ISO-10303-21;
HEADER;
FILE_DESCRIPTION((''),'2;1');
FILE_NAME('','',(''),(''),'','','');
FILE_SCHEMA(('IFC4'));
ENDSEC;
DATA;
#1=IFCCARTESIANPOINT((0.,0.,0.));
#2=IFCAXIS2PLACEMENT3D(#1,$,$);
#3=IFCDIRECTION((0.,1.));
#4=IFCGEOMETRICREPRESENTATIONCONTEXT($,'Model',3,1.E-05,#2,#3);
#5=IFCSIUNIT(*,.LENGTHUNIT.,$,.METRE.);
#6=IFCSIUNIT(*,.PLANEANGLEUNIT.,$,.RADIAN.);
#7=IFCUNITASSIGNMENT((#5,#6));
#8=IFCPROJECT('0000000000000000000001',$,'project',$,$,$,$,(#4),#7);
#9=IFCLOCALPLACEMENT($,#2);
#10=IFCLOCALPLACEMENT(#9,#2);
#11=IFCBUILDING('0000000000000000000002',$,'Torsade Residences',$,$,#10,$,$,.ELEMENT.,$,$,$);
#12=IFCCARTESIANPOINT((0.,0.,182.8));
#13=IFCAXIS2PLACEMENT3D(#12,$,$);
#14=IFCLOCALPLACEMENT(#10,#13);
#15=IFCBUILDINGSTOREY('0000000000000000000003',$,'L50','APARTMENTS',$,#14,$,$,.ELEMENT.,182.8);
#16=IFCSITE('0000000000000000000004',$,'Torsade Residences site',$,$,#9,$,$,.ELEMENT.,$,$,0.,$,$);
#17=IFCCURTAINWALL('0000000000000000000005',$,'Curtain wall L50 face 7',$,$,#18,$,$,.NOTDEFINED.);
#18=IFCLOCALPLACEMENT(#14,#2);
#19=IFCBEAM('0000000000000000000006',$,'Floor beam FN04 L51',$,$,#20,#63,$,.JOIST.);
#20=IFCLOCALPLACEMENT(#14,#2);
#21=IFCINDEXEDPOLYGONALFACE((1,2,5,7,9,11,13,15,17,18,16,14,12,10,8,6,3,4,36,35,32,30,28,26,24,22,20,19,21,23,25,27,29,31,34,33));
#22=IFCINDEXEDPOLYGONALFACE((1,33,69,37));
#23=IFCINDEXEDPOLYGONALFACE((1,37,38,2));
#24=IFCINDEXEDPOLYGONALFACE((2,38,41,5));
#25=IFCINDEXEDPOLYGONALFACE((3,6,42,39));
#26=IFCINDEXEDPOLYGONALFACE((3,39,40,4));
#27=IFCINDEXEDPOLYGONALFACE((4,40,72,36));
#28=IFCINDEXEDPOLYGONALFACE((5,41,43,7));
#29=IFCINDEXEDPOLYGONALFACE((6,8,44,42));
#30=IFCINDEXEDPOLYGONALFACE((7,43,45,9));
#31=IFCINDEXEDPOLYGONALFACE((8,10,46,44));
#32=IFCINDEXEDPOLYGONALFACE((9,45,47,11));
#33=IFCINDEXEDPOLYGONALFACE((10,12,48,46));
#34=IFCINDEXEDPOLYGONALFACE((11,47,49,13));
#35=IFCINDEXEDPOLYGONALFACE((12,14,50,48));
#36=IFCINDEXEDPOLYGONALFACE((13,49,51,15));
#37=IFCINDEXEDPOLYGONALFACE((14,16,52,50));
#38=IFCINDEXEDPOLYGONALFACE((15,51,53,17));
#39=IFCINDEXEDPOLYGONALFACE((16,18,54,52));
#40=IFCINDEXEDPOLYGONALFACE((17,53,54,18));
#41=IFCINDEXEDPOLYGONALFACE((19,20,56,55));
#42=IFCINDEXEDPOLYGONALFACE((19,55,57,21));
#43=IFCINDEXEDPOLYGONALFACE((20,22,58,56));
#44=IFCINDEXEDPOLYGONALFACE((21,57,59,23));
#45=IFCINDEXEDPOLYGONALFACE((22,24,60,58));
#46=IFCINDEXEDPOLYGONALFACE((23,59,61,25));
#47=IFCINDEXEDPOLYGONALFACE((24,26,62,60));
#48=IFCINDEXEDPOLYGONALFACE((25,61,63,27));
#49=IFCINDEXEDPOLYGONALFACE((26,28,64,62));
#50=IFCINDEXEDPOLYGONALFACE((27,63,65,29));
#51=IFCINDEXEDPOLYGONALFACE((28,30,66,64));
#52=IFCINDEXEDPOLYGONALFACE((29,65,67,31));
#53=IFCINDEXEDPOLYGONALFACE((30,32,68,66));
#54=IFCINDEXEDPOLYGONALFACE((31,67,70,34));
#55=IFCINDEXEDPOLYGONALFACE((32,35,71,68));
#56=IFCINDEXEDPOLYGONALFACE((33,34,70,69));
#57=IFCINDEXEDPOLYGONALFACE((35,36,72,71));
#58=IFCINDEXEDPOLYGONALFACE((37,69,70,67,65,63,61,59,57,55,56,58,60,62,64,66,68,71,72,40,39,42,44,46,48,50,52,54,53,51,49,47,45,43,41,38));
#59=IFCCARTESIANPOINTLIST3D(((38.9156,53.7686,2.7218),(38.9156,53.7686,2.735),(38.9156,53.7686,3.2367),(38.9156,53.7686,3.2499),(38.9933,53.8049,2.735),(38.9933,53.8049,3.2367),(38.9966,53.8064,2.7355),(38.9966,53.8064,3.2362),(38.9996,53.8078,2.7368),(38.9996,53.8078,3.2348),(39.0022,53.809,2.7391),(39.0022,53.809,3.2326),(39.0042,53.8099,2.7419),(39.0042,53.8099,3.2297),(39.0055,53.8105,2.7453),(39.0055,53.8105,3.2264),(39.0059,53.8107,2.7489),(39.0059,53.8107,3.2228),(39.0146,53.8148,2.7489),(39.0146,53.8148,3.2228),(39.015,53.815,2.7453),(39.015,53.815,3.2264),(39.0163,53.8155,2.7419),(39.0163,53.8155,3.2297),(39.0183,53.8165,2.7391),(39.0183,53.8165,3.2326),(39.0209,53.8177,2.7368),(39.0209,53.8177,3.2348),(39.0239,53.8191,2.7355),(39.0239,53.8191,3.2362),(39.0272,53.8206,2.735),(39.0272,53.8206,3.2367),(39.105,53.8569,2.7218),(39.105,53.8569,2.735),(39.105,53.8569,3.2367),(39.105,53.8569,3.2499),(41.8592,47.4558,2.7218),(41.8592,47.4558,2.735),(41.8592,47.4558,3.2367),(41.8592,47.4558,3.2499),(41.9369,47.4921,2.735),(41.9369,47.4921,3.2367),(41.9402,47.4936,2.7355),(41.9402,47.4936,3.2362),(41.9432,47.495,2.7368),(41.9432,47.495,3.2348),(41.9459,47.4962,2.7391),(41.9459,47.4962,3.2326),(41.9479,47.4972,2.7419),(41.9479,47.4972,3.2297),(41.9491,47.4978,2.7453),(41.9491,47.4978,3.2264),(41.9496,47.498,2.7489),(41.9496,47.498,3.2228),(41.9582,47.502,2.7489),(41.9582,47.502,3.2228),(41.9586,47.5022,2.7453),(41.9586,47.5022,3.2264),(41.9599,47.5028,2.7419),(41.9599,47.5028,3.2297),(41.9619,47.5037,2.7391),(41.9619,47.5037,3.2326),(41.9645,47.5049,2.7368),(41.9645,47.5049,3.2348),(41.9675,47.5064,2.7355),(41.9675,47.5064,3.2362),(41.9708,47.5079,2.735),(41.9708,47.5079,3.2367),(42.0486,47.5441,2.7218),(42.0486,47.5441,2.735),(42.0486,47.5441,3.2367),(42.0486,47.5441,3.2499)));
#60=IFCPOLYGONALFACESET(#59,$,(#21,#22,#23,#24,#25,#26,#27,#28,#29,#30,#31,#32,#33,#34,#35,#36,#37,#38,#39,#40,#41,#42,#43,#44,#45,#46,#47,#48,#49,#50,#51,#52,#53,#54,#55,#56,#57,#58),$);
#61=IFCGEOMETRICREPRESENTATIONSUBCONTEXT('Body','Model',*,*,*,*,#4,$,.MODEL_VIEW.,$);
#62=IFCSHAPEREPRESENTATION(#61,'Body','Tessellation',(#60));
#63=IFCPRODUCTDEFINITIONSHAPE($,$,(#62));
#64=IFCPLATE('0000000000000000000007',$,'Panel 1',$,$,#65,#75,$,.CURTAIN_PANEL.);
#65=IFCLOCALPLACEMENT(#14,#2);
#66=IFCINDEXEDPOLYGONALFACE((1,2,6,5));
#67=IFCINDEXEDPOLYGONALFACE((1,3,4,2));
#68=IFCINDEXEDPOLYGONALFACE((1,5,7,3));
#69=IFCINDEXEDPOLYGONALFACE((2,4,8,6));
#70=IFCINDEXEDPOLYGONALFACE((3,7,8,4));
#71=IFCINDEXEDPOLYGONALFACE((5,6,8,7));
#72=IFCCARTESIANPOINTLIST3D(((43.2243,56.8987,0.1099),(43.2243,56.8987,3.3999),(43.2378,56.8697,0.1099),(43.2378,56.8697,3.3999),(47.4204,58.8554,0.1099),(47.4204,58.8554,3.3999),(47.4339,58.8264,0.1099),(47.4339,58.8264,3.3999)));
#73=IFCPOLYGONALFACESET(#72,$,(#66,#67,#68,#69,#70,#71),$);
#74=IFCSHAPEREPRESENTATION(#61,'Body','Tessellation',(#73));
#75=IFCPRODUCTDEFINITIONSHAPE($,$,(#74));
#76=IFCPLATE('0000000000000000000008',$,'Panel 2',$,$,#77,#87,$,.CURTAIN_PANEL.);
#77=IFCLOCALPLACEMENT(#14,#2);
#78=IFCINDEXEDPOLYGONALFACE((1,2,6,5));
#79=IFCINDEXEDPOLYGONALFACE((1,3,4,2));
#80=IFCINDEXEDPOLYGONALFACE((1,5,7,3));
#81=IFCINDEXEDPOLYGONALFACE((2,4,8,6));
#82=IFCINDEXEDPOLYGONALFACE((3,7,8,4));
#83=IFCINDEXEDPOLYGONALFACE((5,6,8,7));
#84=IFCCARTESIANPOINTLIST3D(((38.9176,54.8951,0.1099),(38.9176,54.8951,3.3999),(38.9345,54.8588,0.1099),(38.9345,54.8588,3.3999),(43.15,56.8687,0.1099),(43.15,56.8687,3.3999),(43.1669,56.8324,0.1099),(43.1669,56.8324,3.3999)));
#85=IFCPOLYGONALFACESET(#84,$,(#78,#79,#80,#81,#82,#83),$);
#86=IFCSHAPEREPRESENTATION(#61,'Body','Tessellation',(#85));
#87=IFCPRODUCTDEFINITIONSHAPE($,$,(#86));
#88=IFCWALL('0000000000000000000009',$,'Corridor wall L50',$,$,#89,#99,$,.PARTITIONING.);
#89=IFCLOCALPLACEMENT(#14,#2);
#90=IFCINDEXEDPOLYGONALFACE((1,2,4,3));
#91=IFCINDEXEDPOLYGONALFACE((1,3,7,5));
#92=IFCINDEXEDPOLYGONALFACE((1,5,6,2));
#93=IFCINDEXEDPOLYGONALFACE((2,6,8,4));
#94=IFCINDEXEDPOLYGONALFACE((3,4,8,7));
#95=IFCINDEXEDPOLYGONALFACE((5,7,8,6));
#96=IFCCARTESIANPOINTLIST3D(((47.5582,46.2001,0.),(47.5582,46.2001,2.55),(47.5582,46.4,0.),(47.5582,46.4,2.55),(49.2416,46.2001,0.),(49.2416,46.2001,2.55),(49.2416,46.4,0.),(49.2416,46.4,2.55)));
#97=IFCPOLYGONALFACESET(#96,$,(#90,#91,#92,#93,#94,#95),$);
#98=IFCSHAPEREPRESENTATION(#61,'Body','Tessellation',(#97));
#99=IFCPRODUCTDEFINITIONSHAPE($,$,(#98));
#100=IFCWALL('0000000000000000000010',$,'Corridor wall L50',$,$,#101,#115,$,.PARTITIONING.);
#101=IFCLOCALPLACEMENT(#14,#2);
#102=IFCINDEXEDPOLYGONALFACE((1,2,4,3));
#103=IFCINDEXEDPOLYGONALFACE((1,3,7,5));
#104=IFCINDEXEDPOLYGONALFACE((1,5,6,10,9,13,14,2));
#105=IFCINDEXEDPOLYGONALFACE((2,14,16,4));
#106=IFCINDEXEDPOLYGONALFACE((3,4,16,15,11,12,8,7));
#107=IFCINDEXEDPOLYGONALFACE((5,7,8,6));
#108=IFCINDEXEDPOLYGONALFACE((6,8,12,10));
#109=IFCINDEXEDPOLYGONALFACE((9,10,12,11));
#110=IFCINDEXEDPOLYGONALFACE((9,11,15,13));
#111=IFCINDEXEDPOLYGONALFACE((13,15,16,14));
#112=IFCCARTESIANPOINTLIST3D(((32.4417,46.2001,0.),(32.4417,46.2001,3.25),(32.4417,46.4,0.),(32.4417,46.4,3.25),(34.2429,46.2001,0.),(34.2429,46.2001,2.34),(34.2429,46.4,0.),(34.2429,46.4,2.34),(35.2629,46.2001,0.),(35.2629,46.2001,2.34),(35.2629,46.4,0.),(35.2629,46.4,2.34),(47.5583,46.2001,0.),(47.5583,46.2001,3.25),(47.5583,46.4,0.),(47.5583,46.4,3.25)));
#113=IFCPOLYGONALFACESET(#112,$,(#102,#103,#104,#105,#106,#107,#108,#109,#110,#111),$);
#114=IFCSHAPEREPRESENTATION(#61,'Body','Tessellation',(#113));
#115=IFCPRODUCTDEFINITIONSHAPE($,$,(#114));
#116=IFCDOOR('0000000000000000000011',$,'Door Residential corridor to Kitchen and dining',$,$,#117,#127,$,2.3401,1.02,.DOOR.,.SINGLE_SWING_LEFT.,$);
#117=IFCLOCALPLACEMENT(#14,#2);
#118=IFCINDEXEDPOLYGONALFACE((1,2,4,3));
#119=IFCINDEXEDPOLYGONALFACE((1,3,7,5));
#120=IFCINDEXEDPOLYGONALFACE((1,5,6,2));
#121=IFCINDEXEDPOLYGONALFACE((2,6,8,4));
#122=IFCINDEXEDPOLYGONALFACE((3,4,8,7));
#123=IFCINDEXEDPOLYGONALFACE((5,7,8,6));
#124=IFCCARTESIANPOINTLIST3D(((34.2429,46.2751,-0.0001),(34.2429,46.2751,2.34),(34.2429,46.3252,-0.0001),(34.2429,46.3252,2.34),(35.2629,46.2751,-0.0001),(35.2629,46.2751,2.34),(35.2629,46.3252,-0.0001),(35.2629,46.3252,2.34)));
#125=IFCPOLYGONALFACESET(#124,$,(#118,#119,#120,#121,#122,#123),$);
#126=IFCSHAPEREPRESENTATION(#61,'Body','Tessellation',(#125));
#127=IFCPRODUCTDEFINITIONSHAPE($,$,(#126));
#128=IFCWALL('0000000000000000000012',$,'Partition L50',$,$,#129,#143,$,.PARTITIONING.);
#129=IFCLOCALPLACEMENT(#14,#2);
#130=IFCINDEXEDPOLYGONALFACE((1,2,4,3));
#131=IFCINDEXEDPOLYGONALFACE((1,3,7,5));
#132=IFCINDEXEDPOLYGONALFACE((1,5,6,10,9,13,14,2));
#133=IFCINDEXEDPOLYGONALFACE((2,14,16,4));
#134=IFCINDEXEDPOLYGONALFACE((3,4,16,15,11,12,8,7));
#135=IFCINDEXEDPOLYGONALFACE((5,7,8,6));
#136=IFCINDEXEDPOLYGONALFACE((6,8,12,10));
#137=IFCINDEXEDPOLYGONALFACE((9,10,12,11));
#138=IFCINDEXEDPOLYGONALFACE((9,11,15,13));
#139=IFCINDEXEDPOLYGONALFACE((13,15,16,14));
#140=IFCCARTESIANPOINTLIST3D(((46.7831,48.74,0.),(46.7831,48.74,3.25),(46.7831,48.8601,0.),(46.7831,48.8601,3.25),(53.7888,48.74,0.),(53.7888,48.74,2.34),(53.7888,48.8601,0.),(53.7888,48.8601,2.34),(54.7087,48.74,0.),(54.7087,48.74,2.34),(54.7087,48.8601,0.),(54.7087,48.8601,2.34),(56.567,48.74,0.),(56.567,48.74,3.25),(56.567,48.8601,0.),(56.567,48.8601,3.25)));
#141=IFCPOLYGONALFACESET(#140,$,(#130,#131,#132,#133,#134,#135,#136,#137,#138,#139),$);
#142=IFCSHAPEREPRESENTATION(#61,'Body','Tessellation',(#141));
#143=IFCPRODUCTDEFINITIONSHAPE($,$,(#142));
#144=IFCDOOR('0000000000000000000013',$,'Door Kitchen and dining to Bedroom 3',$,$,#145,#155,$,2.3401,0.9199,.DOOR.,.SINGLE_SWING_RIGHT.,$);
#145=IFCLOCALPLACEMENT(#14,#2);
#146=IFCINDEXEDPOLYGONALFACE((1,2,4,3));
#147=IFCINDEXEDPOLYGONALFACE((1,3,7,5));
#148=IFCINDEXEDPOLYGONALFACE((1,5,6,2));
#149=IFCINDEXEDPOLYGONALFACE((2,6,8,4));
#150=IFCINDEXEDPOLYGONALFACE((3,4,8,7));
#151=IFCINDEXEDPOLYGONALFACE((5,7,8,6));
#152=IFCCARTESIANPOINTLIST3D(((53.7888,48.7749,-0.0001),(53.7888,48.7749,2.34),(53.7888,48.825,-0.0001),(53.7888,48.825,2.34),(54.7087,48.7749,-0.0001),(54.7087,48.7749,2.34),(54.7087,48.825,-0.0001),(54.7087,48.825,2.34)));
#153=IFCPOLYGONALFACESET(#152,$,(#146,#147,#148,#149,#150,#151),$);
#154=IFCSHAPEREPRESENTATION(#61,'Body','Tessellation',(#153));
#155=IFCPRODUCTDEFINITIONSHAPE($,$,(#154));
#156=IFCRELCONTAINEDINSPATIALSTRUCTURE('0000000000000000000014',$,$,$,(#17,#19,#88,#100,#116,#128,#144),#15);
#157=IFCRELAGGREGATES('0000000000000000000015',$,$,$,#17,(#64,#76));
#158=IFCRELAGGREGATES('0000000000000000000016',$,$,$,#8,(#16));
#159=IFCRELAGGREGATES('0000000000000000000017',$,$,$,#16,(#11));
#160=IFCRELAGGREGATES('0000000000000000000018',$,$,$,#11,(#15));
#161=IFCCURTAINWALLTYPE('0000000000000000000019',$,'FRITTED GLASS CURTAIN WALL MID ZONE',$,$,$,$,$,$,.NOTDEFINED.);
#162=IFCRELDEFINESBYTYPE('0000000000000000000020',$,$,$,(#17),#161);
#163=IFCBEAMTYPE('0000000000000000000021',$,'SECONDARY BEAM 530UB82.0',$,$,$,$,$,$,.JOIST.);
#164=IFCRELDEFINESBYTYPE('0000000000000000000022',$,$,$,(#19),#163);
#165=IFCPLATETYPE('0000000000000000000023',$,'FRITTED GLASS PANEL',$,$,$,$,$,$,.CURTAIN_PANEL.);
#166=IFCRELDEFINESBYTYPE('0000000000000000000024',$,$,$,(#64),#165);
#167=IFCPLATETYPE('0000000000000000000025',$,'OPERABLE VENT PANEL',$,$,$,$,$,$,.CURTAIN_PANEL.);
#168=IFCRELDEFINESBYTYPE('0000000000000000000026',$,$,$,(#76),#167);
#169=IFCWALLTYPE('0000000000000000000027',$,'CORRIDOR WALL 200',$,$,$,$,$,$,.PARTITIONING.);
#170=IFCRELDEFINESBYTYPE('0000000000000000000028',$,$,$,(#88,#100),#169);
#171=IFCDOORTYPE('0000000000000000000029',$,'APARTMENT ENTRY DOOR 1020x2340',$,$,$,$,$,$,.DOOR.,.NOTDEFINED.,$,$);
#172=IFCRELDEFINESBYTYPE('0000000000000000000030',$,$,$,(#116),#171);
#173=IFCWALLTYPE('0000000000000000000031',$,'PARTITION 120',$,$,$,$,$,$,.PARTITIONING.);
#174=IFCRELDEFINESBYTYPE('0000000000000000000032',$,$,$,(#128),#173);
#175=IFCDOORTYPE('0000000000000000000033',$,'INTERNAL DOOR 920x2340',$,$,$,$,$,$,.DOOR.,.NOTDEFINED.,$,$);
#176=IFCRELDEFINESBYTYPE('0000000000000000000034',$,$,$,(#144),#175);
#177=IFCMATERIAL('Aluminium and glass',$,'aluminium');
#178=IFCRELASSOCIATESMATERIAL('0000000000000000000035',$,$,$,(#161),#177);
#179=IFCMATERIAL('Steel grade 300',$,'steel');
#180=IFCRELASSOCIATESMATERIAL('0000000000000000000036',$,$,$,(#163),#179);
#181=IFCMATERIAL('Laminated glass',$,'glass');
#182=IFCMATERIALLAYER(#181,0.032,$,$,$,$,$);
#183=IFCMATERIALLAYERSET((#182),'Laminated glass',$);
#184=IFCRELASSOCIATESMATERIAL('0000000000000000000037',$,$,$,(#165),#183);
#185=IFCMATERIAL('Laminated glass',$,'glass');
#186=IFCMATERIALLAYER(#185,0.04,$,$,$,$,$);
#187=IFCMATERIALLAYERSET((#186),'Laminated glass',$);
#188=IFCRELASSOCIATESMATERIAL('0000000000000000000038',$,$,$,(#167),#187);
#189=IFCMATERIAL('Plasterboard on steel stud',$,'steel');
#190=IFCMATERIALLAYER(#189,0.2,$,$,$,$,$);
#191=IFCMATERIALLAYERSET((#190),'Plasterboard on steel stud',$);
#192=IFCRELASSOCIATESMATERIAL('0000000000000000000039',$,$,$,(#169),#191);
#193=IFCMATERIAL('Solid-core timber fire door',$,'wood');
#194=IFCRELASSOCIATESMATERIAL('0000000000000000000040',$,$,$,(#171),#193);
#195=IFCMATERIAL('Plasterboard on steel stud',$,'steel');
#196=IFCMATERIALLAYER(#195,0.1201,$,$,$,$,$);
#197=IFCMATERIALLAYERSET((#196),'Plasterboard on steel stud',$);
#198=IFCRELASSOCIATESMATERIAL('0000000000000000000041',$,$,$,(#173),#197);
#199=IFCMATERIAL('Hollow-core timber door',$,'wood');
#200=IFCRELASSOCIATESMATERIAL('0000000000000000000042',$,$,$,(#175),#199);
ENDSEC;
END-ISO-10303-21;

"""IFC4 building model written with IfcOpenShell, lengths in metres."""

from ifc_helpers import new_model, si_unit, direction, frame, frame_2d, origin, origin_2d, place, context, subcontext, project, spatial, rectangle, i_section, extrude, material, layer, layer_set, material_profile, profile_set, type_object, element, fill, aggregate, save


model = new_model("IFC4")

# Units and contexts
model_context = context("Model", 3, precision=1e-05, world=origin(), true_north=direction((0.0, 1.0)))
body_context = subcontext(model_context, "Body", "Model", "MODEL_VIEW")
ifc_project = project(units=[si_unit("LENGTHUNIT", "METRE"), si_unit("PLANEANGLEUNIT", "RADIAN")], contexts=[model_context])

# Site, building, storey
site_placement = place(None, origin())
site = spatial("IfcSite", under=ifc_project, at=site_placement, Name="Torsade Residences site", CompositionType="ELEMENT", RefElevation=0.0)
building_placement = place(site_placement, origin())
building = spatial("IfcBuilding", under=site, at=building_placement, Name="Torsade Residences", CompositionType="ELEMENT")
storey_placement = place(building_placement, frame((0.0, 0.0, 182.8)))
storey = spatial("IfcBuildingStorey", under=building, at=storey_placement, Name="L50", Description="APARTMENTS", CompositionType="ELEMENT", Elevation=182.8)

# Curtain wall
ifc_material_1 = material(Name="Aluminium and glass", Category="aluminium")
curtain_wall_type = type_object("IfcCurtainWallType", Name="FRITTED GLASS CURTAIN WALL MID ZONE", PredefinedType="NOTDEFINED", material=ifc_material_1)
curtain_wall_placement = place(storey_placement, origin())
curtain_wall = element("IfcCurtainWall", 1, at=curtain_wall_placement, inside=storey, type_object=curtain_wall_type, Name="Curtain wall L50 face 7", PredefinedType="NOTDEFINED")

# Beam
ifc_material_2 = material(Name="Steel grade 300", Category="steel")
ifc_material_profile_1 = material_profile(ifc_material_2, i_section(OverallWidth=0.209, OverallDepth=0.5281, WebThickness=0.0095, FlangeThickness=0.0132, FilletRadius=0.0139, at=origin_2d()), Name="530UB82.0")
ifc_profile_set_1 = profile_set([ifc_material_profile_1], Name="Steel grade 300")
beam_type_1 = type_object("IfcBeamType", Name="SECONDARY BEAM 530UB82.0", PredefinedType="JOIST", material=ifc_profile_set_1)
beam_1_placement = place(storey_placement, frame((39.0103, 53.8127, 2.9858), z_axis=(0.422609, -0.906312, 0.0), x_axis=(0.906312, 0.422609, 0.0)))
element("IfcBeam", 2, at=beam_1_placement, inside=storey, type_object=beam_type_1, Name="Floor beam FN04 L51", PredefinedType="JOIST", context=body_context, shape_type="SweptSolid", body=[
    extrude(i_section(OverallWidth=0.209, OverallDepth=0.5281, WebThickness=0.0095, FlangeThickness=0.0132, FilletRadius=0.0139, at=origin_2d()), origin(), (0.0, 0.0, 1.0), 6.9653),
])

# Plates
ifc_material_3 = material(Name="Laminated glass", Category="glass")
ifc_layer_1 = layer(ifc_material_3, 0.032)
ifc_layer_set_1 = layer_set([ifc_layer_1], Name="Laminated glass")
plate_type_1 = type_object("IfcPlateType", Name="FRITTED GLASS PANEL", PredefinedType="CURTAIN_PANEL", material=ifc_layer_set_1)
plate_1_placement = place(storey_placement, frame((45.3291, 57.8625, 0.1099), z_axis=(0.0, 0.0, 1.0), x_axis=(-0.906308, -0.422618, 0.0)))
plate_1 = element("IfcPlate", 3, at=plate_1_placement, type_object=plate_type_1, Name="Panel 1", PredefinedType="CURTAIN_PANEL", context=body_context, shape_type="SweptSolid", body=[
    extrude(rectangle(XDim=4.6299, YDim=0.032, at=origin_2d()), origin(), (0.0, 0.0, 1.0), 3.29),
])
ifc_material_4 = material(Name="Laminated glass", Category="glass")
ifc_layer_2 = layer(ifc_material_4, 0.04)
ifc_layer_set_2 = layer_set([ifc_layer_2], Name="Laminated glass")
plate_type_2 = type_object("IfcPlateType", Name="OPERABLE VENT PANEL", PredefinedType="CURTAIN_PANEL", material=ifc_layer_set_2)
plate_2_placement = place(storey_placement, frame((41.0422, 55.8638, 0.1099), z_axis=(0.0, 0.0, 1.0), x_axis=(-0.906308, -0.422618, 0.0)))
plate_2 = element("IfcPlate", 4, at=plate_2_placement, type_object=plate_type_2, Name="Panel 2", PredefinedType="CURTAIN_PANEL", context=body_context, shape_type="SweptSolid", body=[
    extrude(rectangle(XDim=4.6699, YDim=0.04, at=origin_2d()), origin(), (0.0, 0.0, 1.0), 3.29),
])
aggregate(curtain_wall, [plate_1, plate_2])

# Wall
ifc_material_5 = material(Name="Plasterboard on steel stud", Category="steel")
ifc_layer_3 = layer(ifc_material_5, 0.2)
ifc_layer_set_3 = layer_set([ifc_layer_3], Name="Plasterboard on steel stud")
wall_type_1 = type_object("IfcWallType", Name="CORRIDOR WALL 200", PredefinedType="PARTITIONING", material=ifc_layer_set_3)
wall_1_placement = place(storey_placement, frame((49.2417, 46.3, 0.0), z_axis=(0.0, 0.0, 1.0), x_axis=(-1.0, 0.0, 0.0)))
element("IfcWall", 5, at=wall_1_placement, inside=storey, type_object=wall_type_1, Name="Corridor wall L50", PredefinedType="PARTITIONING", context=body_context, shape_type="SweptSolid", body=[
    extrude(rectangle(XDim=1.6833, YDim=0.2, at=frame_2d((0.8418, 0.0))), origin(), (0.0, 0.0, 1.0), 2.55),
])

# Walls, openings, doors
wall_2_placement = place(storey_placement, frame((47.5583, 46.3, 0.0), z_axis=(0.0, 0.0, 1.0), x_axis=(-1.0, 0.0, 0.0)))
wall_2 = element("IfcWall", 6, at=wall_2_placement, inside=storey, type_object=wall_type_1, Name="Corridor wall L50", PredefinedType="PARTITIONING", context=body_context, shape_type="SweptSolid", body=[
    extrude(rectangle(XDim=15.1167, YDim=0.2, at=frame_2d((7.5583, 0.0))), origin(), (0.0, 0.0, 1.0), 3.25),
])
opening_1_placement = place(wall_2_placement, frame((12.2954, 0.0, 0.0)))
opening_1 = element("IfcOpeningElement", 7, at=opening_1_placement, cuts=wall_2, PredefinedType="OPENING", context=body_context, shape_type="SweptSolid", body=[
    extrude(rectangle(XDim=1.02, YDim=2.3401, at=frame_2d((0.51, 1.1699))), frame((0.0, 0.1099, 0.0), z_axis=(0.0, -1.0, 0.0), x_axis=(1.0, 0.0, 0.0)), (0.0, 0.0, 1.0), 0.22),
])
ifc_material_6 = material(Name="Solid-core timber fire door", Category="wood")
door_type_1 = type_object("IfcDoorType", Name="APARTMENT ENTRY DOOR 1020x2340", OperationType="NOTDEFINED", PredefinedType="DOOR", material=ifc_material_6)
door_1_placement = place(opening_1_placement, origin())
door_1 = element("IfcDoor", 8, at=door_1_placement, inside=storey, type_object=door_type_1, Name="Door Residential corridor to Kitchen and dining", OperationType="SINGLE_SWING_LEFT", OverallHeight=2.3401, OverallWidth=1.02, PredefinedType="DOOR", context=body_context, shape_type="SweptSolid", body=[
    extrude(rectangle(XDim=1.02, YDim=2.3401, at=frame_2d((0.51, 1.1699))), frame((0.0, 0.0249, 0.0), z_axis=(0.0, -1.0, 0.0), x_axis=(1.0, 0.0, 0.0)), (0.0, 0.0, 1.0), 0.05),
])
fill(opening_1, door_1)
ifc_material_7 = material(Name="Plasterboard on steel stud", Category="steel")
ifc_layer_4 = layer(ifc_material_7, 0.1201)
ifc_layer_set_4 = layer_set([ifc_layer_4], Name="Plasterboard on steel stud")
wall_type_2 = type_object("IfcWallType", Name="PARTITION 120", PredefinedType="PARTITIONING", material=ifc_layer_set_4)
wall_3_placement = place(storey_placement, frame((46.783, 48.8, 0.0), z_axis=(0.0, 0.0, 1.0), x_axis=(1.0, 0.0, 0.0)))
wall_3 = element("IfcWall", 9, at=wall_3_placement, inside=storey, type_object=wall_type_2, Name="Partition L50", PredefinedType="PARTITIONING", context=body_context, shape_type="SweptSolid", body=[
    extrude(rectangle(XDim=9.7839, YDim=0.1201, at=frame_2d((4.8921, 0.0))), origin(), (0.0, 0.0, 1.0), 3.25),
])
opening_2_placement = place(wall_3_placement, frame((7.0059, 0.0, 0.0)))
opening_2 = element("IfcOpeningElement", 10, at=opening_2_placement, cuts=wall_3, PredefinedType="OPENING", context=body_context, shape_type="SweptSolid", body=[
    extrude(rectangle(XDim=0.9199, YDim=2.3401, at=frame_2d((0.46, 1.1699))), frame((0.0, 0.0701, 0.0), z_axis=(0.0, -1.0, 0.0), x_axis=(1.0, 0.0, 0.0)), (0.0, 0.0, 1.0), 0.1401),
])
ifc_material_8 = material(Name="Hollow-core timber door", Category="wood")
door_type_2 = type_object("IfcDoorType", Name="INTERNAL DOOR 920x2340", OperationType="NOTDEFINED", PredefinedType="DOOR", material=ifc_material_8)
door_2_placement = place(opening_2_placement, origin())
door_2 = element("IfcDoor", 11, at=door_2_placement, inside=storey, type_object=door_type_2, Name="Door Kitchen and dining to Bedroom 3", OperationType="SINGLE_SWING_RIGHT", OverallHeight=2.3401, OverallWidth=0.9199, PredefinedType="DOOR", context=body_context, shape_type="SweptSolid", body=[
    extrude(rectangle(XDim=0.9199, YDim=2.3401, at=frame_2d((0.46, 1.1699))), frame((0.0, 0.0249, 0.0), z_axis=(0.0, -1.0, 0.0), x_axis=(1.0, 0.0, 0.0)), (0.0, 0.0, 1.0), 0.05),
])
fill(opening_2, door_2)

save(model, "model.ifc")
